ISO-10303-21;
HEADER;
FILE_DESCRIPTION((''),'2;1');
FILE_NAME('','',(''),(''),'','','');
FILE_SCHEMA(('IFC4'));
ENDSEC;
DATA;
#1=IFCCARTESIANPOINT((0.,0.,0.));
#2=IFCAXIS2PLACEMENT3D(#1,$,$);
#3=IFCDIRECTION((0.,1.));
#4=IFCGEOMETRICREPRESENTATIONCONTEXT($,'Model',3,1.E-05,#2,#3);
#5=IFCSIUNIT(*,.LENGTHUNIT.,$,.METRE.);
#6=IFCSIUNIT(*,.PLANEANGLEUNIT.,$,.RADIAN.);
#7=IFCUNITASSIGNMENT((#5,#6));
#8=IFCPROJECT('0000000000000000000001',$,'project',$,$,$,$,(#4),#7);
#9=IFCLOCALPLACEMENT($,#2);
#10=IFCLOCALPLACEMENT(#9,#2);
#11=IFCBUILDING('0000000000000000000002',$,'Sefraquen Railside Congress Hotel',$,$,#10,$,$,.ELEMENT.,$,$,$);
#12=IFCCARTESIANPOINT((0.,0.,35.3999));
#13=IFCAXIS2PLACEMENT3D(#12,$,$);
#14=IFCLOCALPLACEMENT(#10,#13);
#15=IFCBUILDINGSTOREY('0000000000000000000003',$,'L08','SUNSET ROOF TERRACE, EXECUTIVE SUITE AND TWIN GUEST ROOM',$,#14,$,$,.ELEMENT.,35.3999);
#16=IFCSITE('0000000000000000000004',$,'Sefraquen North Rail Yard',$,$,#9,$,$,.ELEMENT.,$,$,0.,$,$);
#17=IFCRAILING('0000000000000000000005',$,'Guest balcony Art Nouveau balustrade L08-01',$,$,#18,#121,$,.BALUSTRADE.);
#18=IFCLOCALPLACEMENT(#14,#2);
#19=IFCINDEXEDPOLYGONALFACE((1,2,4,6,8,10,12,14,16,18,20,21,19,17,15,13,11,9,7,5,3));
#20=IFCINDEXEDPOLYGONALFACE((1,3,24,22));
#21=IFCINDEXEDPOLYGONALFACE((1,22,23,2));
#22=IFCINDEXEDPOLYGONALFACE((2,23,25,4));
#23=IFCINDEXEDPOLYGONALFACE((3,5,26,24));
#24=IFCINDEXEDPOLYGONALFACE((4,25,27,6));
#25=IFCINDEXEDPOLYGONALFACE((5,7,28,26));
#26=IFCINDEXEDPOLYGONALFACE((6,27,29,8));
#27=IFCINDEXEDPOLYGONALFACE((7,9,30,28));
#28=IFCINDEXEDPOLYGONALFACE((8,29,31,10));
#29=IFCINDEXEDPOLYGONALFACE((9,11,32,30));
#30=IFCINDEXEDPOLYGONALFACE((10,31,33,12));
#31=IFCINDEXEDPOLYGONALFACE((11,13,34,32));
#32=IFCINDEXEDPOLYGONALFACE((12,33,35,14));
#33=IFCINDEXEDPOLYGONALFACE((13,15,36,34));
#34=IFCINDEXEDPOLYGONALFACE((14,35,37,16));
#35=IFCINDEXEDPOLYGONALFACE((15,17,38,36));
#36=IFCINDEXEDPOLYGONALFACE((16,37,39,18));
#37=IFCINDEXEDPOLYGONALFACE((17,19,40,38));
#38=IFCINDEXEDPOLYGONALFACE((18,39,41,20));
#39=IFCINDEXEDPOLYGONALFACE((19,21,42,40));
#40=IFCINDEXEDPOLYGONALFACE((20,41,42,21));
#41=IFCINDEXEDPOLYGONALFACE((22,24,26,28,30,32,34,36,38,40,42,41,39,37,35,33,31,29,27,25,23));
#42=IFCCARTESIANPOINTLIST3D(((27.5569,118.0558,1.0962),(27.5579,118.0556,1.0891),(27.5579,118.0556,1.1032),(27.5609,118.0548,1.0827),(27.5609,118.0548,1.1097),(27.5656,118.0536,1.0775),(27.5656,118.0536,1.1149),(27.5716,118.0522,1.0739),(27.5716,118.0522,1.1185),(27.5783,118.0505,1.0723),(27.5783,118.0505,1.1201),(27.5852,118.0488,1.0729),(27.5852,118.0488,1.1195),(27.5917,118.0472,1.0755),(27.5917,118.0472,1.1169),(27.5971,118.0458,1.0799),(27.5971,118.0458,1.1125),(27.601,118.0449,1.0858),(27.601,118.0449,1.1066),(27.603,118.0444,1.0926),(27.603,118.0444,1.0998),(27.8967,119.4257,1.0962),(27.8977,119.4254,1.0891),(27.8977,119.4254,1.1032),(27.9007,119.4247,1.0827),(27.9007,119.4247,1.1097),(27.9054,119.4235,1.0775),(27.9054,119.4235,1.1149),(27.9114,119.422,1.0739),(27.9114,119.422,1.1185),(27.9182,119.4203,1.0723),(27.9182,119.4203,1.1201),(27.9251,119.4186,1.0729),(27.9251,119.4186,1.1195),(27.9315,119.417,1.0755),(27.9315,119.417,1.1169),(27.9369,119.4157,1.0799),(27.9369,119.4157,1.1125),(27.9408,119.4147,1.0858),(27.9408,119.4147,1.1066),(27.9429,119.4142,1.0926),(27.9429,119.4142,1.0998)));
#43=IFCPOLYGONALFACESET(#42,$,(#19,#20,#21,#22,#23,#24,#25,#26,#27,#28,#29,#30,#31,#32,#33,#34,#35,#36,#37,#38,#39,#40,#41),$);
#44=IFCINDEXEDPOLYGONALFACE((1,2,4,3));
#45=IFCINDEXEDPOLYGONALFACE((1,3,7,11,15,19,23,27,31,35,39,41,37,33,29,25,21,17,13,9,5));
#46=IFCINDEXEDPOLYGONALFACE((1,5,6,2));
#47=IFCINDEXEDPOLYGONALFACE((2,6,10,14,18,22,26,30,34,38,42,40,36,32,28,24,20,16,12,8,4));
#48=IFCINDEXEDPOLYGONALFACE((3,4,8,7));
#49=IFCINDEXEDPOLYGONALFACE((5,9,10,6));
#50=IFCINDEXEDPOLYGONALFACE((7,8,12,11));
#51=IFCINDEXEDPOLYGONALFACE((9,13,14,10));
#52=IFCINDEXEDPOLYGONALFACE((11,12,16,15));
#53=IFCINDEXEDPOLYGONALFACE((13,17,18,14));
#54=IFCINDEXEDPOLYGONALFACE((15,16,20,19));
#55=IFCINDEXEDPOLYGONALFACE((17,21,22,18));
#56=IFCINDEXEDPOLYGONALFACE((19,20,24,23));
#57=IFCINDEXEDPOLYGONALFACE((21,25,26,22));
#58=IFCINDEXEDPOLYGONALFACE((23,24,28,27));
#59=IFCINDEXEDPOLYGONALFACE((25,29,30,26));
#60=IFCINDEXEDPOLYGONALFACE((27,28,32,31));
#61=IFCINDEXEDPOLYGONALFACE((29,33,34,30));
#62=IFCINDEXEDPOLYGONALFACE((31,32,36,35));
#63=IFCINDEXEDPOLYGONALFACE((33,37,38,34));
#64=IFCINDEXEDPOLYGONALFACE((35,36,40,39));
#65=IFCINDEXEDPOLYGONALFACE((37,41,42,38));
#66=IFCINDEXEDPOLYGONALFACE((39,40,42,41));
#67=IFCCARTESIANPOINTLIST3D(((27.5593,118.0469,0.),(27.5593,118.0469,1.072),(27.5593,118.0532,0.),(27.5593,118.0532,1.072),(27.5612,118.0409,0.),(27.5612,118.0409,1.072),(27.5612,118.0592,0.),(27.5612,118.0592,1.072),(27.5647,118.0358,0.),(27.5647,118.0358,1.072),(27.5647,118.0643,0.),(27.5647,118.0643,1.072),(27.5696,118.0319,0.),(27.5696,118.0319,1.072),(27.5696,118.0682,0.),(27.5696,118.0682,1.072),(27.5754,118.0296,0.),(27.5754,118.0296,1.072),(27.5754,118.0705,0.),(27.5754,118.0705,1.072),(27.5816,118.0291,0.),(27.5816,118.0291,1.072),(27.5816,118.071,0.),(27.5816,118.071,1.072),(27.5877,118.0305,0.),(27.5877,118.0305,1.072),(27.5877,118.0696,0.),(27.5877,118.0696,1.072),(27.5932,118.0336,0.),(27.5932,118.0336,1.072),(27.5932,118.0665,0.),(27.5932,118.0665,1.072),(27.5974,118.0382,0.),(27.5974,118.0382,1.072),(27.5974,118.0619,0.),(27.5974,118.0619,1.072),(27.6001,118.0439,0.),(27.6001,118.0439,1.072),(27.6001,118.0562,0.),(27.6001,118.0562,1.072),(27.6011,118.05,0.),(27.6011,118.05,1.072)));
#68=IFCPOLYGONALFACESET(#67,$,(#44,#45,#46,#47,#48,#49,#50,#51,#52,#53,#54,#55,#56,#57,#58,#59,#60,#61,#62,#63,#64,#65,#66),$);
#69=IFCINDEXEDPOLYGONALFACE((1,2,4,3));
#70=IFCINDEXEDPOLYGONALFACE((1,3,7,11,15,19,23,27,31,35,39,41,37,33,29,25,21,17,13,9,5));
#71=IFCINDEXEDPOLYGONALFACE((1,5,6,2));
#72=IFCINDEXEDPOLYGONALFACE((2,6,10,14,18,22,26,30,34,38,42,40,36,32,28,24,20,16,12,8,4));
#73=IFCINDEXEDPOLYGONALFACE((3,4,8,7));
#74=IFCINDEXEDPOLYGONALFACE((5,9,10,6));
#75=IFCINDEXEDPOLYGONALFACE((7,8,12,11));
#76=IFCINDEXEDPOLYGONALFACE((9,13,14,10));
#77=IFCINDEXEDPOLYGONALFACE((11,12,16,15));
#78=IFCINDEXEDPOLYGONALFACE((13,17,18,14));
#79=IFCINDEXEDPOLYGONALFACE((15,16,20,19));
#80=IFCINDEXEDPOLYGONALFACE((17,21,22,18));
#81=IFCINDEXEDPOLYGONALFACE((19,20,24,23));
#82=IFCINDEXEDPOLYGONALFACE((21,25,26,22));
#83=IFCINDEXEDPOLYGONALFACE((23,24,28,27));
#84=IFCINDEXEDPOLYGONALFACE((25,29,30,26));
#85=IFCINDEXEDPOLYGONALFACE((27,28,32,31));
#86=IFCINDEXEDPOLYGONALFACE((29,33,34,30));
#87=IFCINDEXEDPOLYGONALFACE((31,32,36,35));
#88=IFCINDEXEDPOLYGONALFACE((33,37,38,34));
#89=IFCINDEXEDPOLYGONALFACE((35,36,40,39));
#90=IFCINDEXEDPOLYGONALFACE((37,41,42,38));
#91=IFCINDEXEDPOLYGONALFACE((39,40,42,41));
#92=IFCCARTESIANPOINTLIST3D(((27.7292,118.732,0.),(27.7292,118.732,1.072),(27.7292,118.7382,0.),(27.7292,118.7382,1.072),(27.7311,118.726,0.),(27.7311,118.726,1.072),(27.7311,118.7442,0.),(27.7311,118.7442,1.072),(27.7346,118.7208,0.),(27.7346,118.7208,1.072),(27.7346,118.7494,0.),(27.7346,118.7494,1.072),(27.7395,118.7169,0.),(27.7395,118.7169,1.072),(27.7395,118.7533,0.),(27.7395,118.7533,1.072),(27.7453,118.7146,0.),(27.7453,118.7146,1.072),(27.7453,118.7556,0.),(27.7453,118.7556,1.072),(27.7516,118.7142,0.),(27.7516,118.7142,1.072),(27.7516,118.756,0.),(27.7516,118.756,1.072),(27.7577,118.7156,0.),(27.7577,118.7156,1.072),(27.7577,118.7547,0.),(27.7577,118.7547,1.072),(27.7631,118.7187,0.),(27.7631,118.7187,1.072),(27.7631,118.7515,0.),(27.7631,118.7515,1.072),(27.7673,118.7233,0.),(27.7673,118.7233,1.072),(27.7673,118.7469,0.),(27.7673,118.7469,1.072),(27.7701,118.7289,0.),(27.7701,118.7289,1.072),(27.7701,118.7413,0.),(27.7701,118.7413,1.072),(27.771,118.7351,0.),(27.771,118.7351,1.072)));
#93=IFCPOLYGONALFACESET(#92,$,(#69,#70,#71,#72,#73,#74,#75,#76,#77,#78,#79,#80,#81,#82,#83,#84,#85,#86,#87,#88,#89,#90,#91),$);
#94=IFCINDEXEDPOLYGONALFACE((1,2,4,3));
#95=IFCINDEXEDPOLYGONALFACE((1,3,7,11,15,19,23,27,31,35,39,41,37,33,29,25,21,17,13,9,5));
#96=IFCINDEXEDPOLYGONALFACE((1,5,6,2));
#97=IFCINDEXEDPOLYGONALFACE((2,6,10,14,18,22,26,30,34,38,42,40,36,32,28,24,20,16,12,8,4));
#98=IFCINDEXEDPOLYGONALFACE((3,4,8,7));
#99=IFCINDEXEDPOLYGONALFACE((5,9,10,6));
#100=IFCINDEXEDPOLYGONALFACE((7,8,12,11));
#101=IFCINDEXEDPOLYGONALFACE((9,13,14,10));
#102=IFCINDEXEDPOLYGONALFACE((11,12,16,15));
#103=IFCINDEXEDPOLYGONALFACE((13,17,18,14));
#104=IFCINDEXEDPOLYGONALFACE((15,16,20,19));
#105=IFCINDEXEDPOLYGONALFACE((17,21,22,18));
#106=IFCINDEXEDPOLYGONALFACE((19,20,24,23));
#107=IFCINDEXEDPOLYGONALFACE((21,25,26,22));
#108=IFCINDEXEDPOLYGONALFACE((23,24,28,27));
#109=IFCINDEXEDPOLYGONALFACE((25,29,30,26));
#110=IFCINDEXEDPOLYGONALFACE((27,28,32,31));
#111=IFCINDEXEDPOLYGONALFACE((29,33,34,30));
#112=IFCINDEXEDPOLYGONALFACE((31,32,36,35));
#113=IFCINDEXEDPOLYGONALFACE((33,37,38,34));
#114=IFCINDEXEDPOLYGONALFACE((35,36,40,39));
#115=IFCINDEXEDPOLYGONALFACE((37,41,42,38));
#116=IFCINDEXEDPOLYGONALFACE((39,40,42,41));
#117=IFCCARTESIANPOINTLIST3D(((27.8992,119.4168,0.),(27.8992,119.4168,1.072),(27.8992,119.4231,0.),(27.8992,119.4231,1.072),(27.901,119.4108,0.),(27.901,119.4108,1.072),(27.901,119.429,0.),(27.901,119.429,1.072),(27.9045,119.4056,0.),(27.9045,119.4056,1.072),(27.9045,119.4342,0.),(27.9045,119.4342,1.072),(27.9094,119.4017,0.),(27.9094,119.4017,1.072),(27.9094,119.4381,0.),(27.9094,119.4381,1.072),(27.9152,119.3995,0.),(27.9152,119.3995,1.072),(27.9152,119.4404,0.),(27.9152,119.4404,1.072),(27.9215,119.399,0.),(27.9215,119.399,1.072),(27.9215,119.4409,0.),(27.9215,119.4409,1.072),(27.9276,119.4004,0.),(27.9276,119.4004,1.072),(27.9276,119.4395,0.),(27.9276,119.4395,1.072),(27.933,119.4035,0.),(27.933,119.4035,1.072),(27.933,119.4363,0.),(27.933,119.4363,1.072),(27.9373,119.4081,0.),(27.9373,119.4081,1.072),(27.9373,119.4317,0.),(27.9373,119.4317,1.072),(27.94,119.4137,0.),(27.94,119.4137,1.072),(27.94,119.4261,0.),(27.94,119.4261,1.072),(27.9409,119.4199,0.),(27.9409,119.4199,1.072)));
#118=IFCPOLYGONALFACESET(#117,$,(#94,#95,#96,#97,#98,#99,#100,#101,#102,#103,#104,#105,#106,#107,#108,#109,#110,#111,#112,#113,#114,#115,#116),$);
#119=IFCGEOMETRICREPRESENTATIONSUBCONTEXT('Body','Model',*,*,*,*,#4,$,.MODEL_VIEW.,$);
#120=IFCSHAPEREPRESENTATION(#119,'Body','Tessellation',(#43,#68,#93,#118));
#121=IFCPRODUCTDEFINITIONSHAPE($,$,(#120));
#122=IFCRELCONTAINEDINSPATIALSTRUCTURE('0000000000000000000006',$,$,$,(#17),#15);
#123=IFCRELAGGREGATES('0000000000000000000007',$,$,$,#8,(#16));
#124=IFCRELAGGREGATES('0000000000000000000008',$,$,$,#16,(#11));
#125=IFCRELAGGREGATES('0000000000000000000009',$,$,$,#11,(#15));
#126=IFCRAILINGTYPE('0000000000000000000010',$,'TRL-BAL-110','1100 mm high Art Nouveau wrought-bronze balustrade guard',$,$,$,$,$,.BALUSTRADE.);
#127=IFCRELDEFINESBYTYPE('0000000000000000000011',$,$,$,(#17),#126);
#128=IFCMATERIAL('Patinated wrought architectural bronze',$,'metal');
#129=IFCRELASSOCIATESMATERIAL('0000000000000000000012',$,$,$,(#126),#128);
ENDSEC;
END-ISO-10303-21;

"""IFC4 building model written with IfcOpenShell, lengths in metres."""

from ifc_helpers import new_model, si_unit, direction, frame, origin, origin_2d, place, context, subcontext, project, spatial, circle, extrude, material, type_object, element, save


model = new_model("IFC4")

# Units and contexts
model_context = context("Model", 3, precision=1e-05, world=origin(), true_north=direction((0.0, 1.0)))
body_context = subcontext(model_context, "Body", "Model", "MODEL_VIEW")
ifc_project = project(units=[si_unit("LENGTHUNIT", "METRE"), si_unit("PLANEANGLEUNIT", "RADIAN")], contexts=[model_context])

# Site, building, storey
site_placement = place(None, origin())
site = spatial("IfcSite", under=ifc_project, at=site_placement, Name="Sefraquen North Rail Yard", CompositionType="ELEMENT", RefElevation=0.0)
building_placement = place(site_placement, origin())
building = spatial("IfcBuilding", under=site, at=building_placement, Name="Sefraquen Railside Congress Hotel", CompositionType="ELEMENT")
storey_placement = place(building_placement, frame((0.0, 0.0, 35.3999)))
storey = spatial("IfcBuildingStorey", under=building, at=storey_placement, Name="L08", Description="SUNSET ROOF TERRACE, EXECUTIVE SUITE AND TWIN GUEST ROOM", CompositionType="ELEMENT", Elevation=35.3999)

# Railing
ifc_material_1 = material(Name="Patinated wrought architectural bronze", Category="metal")
railing_type = type_object("IfcRailingType", Name="TRL-BAL-110", Description="1100 mm high Art Nouveau wrought-bronze balustrade guard", PredefinedType="BALUSTRADE", material=ifc_material_1)
railing_1_placement = place(storey_placement, frame((27.5801, 118.05, 0.0)))
element("IfcRailing", 1, at=railing_1_placement, inside=storey, type_object=railing_type, Name="Guest balcony Art Nouveau balustrade L08-01", PredefinedType="BALUSTRADE", context=body_context, shape_type="SweptSolid", body=[
    extrude(circle(Radius=0.0239, at=origin_2d()), frame((0.0, 0.0, 1.0962), z_axis=(0.240785, 0.970578, 0.0), x_axis=(-0.970578, 0.240785, 0.0)), (0.0, 0.0, 1.0), 1.4114),
    extrude(circle(Radius=0.021, at=origin_2d()), origin(), (0.0, 0.0, 1.0), 1.072),
    extrude(circle(Radius=0.021, at=origin_2d()), frame((0.1699, 0.6851, 0.0)), (0.0, 0.0, 1.0), 1.072),
    extrude(circle(Radius=0.021, at=origin_2d()), frame((0.3398, 1.3699, 0.0)), (0.0, 0.0, 1.0), 1.072),
])

save(model, "model.ifc")
